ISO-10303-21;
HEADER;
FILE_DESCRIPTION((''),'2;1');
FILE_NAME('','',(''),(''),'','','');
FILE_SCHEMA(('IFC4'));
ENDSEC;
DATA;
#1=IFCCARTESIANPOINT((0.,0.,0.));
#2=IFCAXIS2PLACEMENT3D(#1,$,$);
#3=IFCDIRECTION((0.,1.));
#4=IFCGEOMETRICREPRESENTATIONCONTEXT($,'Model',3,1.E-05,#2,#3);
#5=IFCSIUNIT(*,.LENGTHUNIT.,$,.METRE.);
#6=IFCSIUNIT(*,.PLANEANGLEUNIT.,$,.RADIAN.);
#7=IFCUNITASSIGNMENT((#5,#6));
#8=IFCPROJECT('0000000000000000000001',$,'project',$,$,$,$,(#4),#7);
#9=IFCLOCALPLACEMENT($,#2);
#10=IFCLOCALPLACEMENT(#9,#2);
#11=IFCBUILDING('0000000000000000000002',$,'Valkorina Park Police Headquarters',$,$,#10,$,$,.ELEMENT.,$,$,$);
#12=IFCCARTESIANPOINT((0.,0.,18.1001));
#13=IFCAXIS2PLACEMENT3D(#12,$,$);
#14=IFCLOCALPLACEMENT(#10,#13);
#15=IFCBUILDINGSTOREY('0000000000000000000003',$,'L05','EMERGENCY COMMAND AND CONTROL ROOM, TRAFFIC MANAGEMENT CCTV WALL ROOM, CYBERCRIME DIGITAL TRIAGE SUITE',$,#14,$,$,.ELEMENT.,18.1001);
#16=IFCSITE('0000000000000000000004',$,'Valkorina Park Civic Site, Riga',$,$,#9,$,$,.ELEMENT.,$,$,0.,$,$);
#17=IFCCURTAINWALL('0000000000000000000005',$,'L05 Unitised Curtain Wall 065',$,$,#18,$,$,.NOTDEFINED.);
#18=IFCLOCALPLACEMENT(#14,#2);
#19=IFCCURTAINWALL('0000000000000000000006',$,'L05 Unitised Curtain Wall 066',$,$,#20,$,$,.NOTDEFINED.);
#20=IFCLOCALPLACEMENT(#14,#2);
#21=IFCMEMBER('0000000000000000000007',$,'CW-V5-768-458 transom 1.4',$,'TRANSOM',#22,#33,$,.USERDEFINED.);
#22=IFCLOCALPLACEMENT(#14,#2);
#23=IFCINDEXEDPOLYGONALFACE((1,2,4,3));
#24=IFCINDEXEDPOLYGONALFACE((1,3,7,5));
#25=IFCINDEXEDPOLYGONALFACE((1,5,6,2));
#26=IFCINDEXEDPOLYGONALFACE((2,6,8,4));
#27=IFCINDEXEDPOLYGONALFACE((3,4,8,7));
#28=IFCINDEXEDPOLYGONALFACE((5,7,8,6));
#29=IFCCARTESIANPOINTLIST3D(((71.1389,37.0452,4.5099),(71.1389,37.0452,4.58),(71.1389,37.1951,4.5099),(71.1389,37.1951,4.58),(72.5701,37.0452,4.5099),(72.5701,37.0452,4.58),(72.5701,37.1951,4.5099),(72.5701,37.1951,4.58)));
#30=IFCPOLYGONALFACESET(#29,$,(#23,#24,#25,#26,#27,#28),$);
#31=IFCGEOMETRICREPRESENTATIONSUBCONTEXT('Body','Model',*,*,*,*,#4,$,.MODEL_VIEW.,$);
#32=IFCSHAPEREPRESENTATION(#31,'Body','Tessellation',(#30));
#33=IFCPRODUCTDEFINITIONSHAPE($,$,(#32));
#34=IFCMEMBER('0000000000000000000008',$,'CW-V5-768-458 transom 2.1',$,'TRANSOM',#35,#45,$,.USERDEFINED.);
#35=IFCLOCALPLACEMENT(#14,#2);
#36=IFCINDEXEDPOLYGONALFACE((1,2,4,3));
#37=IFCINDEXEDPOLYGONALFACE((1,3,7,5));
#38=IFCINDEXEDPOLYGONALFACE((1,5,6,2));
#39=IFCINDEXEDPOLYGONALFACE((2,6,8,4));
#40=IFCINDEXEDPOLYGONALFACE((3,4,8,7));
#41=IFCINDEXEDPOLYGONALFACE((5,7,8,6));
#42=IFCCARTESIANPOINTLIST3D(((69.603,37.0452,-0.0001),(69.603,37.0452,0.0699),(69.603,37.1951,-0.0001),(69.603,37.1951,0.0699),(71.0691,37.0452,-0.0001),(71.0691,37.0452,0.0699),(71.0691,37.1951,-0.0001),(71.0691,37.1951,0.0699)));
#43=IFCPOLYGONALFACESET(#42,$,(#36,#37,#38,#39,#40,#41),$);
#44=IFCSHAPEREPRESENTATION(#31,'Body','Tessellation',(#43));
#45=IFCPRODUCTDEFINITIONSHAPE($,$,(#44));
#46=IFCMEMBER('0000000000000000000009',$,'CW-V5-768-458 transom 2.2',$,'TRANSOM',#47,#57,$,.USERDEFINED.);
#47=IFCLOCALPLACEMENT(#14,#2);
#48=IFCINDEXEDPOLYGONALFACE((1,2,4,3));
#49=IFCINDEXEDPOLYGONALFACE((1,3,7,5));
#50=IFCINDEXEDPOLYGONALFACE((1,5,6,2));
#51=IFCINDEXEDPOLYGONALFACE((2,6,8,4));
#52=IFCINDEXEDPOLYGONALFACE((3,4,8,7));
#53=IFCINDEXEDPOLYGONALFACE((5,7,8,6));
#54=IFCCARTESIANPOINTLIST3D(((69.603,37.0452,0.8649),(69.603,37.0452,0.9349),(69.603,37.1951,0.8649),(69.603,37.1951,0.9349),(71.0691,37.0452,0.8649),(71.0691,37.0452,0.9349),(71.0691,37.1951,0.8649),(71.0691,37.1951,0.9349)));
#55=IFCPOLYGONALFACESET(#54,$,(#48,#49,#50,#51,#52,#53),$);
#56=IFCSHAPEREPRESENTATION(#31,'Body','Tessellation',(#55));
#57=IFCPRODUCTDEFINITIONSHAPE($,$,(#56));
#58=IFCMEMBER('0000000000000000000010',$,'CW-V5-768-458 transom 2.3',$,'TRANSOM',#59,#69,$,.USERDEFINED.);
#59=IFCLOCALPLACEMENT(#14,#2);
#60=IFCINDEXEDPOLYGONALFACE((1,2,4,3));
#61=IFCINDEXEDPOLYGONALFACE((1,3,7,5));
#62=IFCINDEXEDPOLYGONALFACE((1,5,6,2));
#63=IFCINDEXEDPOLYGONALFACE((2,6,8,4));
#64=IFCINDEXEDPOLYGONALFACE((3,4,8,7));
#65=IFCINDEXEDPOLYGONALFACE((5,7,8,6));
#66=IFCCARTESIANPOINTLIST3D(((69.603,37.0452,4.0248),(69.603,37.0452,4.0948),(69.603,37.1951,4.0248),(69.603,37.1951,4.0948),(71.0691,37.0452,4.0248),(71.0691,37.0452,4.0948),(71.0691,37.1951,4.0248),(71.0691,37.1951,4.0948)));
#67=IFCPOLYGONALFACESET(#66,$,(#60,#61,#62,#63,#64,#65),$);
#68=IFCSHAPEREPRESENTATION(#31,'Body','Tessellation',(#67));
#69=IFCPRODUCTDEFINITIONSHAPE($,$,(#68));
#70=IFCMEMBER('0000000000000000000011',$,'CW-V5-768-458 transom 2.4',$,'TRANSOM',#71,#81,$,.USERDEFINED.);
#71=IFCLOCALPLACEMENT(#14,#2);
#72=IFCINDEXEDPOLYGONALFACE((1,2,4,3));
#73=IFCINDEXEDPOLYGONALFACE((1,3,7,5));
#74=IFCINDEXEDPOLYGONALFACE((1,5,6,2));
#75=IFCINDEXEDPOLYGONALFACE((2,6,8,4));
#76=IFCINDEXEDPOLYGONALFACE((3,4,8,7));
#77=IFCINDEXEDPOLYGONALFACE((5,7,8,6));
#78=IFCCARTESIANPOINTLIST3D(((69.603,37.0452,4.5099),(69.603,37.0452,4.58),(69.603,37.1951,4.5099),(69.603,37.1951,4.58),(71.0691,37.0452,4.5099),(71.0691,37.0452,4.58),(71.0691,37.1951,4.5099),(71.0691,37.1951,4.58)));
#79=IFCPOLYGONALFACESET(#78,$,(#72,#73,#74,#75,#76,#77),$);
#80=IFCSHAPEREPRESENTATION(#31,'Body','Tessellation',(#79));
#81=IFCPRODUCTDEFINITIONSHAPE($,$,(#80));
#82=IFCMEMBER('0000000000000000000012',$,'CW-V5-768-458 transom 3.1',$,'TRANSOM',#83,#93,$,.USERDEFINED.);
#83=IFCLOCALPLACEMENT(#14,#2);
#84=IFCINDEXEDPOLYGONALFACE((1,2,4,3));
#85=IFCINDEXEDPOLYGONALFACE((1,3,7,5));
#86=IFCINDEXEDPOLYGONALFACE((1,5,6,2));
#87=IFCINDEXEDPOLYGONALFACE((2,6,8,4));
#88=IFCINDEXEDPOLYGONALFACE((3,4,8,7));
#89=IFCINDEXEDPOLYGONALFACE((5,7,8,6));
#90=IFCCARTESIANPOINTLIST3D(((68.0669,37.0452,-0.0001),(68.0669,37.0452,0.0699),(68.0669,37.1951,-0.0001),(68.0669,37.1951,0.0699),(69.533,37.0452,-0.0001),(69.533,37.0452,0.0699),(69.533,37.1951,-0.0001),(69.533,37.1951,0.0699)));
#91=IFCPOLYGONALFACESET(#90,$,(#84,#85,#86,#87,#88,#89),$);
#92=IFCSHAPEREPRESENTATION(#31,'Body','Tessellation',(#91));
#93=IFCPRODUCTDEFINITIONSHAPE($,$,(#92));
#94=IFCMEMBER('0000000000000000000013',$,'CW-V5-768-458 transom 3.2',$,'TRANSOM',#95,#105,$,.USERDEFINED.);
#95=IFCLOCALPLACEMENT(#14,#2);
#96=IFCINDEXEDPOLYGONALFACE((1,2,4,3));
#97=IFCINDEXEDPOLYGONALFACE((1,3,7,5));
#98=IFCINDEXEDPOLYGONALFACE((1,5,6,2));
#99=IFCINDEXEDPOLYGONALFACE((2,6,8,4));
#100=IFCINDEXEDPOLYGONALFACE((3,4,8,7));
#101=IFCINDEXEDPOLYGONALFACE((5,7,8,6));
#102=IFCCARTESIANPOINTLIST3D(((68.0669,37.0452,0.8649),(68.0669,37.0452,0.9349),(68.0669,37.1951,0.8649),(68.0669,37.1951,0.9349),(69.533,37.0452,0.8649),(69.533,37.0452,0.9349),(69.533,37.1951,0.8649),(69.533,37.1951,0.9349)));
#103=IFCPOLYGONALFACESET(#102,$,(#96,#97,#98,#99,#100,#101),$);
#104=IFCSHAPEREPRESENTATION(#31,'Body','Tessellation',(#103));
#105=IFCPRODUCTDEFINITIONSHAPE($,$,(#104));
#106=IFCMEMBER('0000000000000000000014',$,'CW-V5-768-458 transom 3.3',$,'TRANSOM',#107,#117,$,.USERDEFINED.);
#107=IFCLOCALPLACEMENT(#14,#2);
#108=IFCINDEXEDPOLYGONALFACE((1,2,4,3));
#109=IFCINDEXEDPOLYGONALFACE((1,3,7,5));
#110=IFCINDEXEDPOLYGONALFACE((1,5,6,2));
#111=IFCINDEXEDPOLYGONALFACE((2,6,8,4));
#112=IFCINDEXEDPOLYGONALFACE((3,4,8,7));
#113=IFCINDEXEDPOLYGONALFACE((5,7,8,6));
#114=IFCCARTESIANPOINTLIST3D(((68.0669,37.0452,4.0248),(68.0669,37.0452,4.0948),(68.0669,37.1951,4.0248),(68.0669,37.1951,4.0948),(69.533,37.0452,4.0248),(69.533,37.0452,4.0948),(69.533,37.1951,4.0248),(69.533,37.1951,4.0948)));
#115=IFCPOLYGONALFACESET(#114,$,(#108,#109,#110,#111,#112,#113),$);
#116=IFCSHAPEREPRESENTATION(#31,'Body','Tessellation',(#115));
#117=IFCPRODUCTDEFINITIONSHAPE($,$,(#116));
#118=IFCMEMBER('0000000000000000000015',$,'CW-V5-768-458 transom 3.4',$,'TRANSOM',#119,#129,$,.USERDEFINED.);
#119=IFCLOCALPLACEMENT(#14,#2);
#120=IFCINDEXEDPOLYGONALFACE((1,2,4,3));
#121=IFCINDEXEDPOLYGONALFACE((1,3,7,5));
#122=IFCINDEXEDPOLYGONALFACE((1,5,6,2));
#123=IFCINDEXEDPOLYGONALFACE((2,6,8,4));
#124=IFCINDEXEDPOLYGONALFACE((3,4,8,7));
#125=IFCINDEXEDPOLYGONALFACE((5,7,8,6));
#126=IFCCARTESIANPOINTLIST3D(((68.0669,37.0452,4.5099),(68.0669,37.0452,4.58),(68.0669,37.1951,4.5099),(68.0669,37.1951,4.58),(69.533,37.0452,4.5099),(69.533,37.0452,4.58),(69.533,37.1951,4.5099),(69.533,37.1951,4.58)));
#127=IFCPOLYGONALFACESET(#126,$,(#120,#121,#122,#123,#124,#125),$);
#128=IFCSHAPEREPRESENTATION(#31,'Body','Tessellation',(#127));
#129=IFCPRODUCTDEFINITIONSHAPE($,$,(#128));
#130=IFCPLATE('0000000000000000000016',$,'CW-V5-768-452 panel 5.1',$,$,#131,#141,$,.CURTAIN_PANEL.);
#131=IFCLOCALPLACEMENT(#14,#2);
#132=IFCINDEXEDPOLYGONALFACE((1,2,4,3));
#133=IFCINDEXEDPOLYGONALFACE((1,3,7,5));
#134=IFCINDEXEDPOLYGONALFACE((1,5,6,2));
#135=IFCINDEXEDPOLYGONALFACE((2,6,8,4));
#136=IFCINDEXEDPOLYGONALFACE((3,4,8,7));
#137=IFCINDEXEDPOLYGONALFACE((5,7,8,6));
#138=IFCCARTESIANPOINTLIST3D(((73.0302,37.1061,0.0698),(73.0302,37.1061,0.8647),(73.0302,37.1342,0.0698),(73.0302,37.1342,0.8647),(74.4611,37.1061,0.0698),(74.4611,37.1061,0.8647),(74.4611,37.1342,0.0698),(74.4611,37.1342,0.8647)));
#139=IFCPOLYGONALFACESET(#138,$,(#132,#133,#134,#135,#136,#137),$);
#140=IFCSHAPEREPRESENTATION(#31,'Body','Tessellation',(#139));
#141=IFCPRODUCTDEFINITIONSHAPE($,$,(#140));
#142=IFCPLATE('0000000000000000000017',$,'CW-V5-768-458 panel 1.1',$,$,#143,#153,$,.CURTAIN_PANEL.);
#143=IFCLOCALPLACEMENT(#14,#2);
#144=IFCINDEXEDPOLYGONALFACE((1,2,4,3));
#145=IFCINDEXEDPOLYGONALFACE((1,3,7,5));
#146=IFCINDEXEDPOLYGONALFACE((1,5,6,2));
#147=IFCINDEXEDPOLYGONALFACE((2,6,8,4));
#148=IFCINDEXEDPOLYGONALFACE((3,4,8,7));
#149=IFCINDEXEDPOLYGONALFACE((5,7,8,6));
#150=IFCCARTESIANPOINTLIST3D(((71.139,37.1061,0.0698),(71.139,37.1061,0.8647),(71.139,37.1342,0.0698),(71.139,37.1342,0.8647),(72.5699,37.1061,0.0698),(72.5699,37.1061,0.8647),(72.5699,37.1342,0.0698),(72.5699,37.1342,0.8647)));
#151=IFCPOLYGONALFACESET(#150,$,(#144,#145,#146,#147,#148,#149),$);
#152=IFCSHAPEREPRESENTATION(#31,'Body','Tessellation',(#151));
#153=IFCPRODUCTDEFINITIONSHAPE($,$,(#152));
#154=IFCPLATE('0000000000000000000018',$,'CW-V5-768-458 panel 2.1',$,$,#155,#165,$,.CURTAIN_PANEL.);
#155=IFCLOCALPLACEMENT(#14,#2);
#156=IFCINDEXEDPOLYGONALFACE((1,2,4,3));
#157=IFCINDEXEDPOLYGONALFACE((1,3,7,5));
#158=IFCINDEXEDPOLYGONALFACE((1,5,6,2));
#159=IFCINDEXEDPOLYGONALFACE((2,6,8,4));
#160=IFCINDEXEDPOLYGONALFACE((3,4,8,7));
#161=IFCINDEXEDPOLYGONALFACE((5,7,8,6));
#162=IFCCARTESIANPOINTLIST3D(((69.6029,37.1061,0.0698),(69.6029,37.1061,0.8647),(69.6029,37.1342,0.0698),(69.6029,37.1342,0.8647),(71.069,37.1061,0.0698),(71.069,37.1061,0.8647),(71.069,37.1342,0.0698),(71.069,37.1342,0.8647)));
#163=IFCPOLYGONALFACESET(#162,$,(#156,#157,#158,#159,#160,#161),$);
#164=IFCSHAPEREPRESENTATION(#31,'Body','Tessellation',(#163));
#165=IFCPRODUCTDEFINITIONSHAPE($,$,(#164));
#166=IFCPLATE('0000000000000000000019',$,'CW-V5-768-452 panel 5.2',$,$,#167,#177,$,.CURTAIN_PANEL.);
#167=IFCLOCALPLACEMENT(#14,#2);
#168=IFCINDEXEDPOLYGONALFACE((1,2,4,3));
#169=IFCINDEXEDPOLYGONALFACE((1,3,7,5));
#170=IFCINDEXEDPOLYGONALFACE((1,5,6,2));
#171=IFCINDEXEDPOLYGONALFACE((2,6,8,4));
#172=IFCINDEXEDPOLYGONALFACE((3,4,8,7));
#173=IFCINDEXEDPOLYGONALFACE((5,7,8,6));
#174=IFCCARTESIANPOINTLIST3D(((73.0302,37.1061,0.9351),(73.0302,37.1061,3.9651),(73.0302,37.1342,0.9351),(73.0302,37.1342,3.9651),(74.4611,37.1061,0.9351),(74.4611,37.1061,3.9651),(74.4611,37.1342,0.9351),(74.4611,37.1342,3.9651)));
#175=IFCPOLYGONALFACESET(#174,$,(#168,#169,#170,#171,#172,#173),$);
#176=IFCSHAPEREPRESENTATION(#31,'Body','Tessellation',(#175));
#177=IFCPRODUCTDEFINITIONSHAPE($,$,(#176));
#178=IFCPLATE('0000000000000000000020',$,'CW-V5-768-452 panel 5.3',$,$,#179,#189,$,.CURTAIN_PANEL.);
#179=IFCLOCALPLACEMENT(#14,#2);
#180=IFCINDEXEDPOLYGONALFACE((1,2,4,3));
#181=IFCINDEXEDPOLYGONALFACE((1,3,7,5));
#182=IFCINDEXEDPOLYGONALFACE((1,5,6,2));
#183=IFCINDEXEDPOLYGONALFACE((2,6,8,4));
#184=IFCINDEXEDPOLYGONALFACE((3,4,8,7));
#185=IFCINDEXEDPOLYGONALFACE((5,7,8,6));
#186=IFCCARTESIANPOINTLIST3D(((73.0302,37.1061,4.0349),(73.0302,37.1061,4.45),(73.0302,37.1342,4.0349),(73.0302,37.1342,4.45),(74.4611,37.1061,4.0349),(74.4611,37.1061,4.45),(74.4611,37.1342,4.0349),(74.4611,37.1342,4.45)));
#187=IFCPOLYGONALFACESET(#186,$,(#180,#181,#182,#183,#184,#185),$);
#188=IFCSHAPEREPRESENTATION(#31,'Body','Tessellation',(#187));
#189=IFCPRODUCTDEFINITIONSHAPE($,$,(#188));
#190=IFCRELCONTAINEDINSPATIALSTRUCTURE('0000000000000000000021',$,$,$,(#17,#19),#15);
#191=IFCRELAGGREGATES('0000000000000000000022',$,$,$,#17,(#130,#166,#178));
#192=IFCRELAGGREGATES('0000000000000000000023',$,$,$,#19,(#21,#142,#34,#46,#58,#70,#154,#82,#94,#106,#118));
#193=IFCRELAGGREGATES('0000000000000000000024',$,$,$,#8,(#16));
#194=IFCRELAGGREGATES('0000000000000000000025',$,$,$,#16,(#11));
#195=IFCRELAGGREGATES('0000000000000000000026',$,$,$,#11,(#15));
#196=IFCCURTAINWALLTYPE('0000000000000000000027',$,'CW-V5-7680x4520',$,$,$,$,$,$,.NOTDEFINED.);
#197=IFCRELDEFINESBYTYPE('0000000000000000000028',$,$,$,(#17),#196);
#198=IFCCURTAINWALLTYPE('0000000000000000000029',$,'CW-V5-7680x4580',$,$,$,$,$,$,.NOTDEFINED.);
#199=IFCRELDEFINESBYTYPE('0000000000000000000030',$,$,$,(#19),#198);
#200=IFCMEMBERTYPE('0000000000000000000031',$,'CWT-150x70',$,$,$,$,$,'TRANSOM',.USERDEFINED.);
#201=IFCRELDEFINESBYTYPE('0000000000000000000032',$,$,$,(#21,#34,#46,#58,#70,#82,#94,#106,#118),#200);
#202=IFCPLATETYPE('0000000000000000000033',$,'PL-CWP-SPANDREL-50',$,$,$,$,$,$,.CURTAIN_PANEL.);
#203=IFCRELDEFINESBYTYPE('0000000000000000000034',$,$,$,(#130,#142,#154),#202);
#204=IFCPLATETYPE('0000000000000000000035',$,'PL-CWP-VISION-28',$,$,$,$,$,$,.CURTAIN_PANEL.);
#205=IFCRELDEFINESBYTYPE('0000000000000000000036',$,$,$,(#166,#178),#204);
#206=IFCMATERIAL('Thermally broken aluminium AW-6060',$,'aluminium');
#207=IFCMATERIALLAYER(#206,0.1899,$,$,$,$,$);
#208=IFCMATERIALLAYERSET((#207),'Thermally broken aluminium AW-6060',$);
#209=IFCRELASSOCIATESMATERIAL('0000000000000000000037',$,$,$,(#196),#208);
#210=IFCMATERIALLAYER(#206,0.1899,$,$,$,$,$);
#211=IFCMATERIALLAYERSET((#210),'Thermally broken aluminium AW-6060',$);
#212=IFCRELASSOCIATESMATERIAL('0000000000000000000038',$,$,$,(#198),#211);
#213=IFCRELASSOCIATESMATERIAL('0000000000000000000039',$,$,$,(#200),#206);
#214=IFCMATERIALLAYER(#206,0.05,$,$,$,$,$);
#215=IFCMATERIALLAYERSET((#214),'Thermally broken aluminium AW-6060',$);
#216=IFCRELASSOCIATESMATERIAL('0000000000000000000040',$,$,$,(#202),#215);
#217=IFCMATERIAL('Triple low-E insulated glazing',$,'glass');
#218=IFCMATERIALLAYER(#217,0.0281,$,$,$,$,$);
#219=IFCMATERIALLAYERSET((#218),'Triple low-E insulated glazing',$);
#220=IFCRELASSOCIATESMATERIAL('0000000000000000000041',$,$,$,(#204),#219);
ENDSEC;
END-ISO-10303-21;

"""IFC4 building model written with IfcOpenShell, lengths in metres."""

from ifc_helpers import new_model, si_unit, direction, frame, origin, origin_2d, place, context, subcontext, project, spatial, rectangle, extrude, material, layer, layer_set, material_profile, profile_set, type_object, element, aggregate, save


model = new_model("IFC4")

# Units and contexts
model_context = context("Model", 3, precision=1e-05, world=origin(), true_north=direction((0.0, 1.0)))
body_context = subcontext(model_context, "Body", "Model", "MODEL_VIEW")
ifc_project = project(units=[si_unit("LENGTHUNIT", "METRE"), si_unit("PLANEANGLEUNIT", "RADIAN")], contexts=[model_context])

# Site, building, storey
site_placement = place(None, origin())
site = spatial("IfcSite", under=ifc_project, at=site_placement, Name="Valkorina Park Civic Site, Riga", CompositionType="ELEMENT", RefElevation=0.0)
building_placement = place(site_placement, origin())
building = spatial("IfcBuilding", under=site, at=building_placement, Name="Valkorina Park Police Headquarters", CompositionType="ELEMENT")
storey_placement = place(building_placement, frame((0.0, 0.0, 18.1001)))
storey = spatial("IfcBuildingStorey", under=building, at=storey_placement, Name="L05", Description="EMERGENCY COMMAND AND CONTROL ROOM, TRAFFIC MANAGEMENT CCTV WALL ROOM, CYBERCRIME DIGITAL TRIAGE SUITE", CompositionType="ELEMENT", Elevation=18.1001)

# Curtain wall
ifc_material_1 = material(Name="Thermally broken aluminium AW-6060", Category="aluminium")
ifc_layer_1 = layer(ifc_material_1, 0.1899)
ifc_layer_set_1 = layer_set([ifc_layer_1], Name="Thermally broken aluminium AW-6060")
curtain_wall_type_1 = type_object("IfcCurtainWallType", Name="CW-V5-7680x4520", PredefinedType="NOTDEFINED", material=ifc_layer_set_1)
curtain_wall_1_placement = place(storey_placement, origin())
curtain_wall_1 = element("IfcCurtainWall", 1, at=curtain_wall_1_placement, inside=storey, type_object=curtain_wall_type_1, Name="L05 Unitised Curtain Wall 065", PredefinedType="NOTDEFINED")

# Curtain wall
ifc_layer_2 = layer(ifc_material_1, 0.1899)
ifc_layer_set_2 = layer_set([ifc_layer_2], Name="Thermally broken aluminium AW-6060")
curtain_wall_type_2 = type_object("IfcCurtainWallType", Name="CW-V5-7680x4580", PredefinedType="NOTDEFINED", material=ifc_layer_set_2)
curtain_wall_2_placement = place(storey_placement, origin())
curtain_wall_2 = element("IfcCurtainWall", 2, at=curtain_wall_2_placement, inside=storey, type_object=curtain_wall_type_2, Name="L05 Unitised Curtain Wall 066", PredefinedType="NOTDEFINED")

# Members
ifc_material_profile_1 = material_profile(ifc_material_1, rectangle(XDim=0.1499, YDim=0.0701, at=origin_2d()), Name="CWT-02 150x70")
ifc_profile_set_1 = profile_set([ifc_material_profile_1], Name="Thermally broken aluminium AW-6060")
member_type_1 = type_object("IfcMemberType", Name="CWT-150x70", ElementType="TRANSOM", PredefinedType="USERDEFINED", material=ifc_profile_set_1)
member_1_placement = place(storey_placement, frame((72.5701, 37.1201, 4.5449), z_axis=(-1.0, 0.0, 0.0), x_axis=(0.0, -1.0, 0.0)))
member_1 = element("IfcMember", 3, at=member_1_placement, type_object=member_type_1, Name="CW-V5-768-458 transom 1.4", ObjectType="TRANSOM", PredefinedType="USERDEFINED", context=body_context, shape_type="SweptSolid", body=[
    extrude(rectangle(XDim=0.1499, YDim=0.0701, at=origin_2d()), origin(), (0.0, 0.0, 1.0), 1.4312),
])
member_2_placement = place(storey_placement, frame((71.0691, 37.1201, 0.0349), z_axis=(-1.0, 0.0, 0.0), x_axis=(0.0, -1.0, 0.0)))
member_2 = element("IfcMember", 4, at=member_2_placement, type_object=member_type_1, Name="CW-V5-768-458 transom 2.1", ObjectType="TRANSOM", PredefinedType="USERDEFINED", context=body_context, shape_type="SweptSolid", body=[
    extrude(rectangle(XDim=0.1499, YDim=0.0701, at=origin_2d()), origin(), (0.0, 0.0, 1.0), 1.4661),
])
member_3_placement = place(storey_placement, frame((71.0691, 37.1201, 0.8999), z_axis=(-1.0, 0.0, 0.0), x_axis=(0.0, -1.0, 0.0)))
member_3 = element("IfcMember", 5, at=member_3_placement, type_object=member_type_1, Name="CW-V5-768-458 transom 2.2", ObjectType="TRANSOM", PredefinedType="USERDEFINED", context=body_context, shape_type="SweptSolid", body=[
    extrude(rectangle(XDim=0.1499, YDim=0.0701, at=origin_2d()), origin(), (0.0, 0.0, 1.0), 1.4661),
])
member_4_placement = place(storey_placement, frame((71.0691, 37.1201, 4.0598), z_axis=(-1.0, 0.0, 0.0), x_axis=(0.0, -1.0, 0.0)))
member_4 = element("IfcMember", 6, at=member_4_placement, type_object=member_type_1, Name="CW-V5-768-458 transom 2.3", ObjectType="TRANSOM", PredefinedType="USERDEFINED", context=body_context, shape_type="SweptSolid", body=[
    extrude(rectangle(XDim=0.1499, YDim=0.0701, at=origin_2d()), origin(), (0.0, 0.0, 1.0), 1.4661),
])
member_5_placement = place(storey_placement, frame((71.0691, 37.1201, 4.5449), z_axis=(-1.0, 0.0, 0.0), x_axis=(0.0, -1.0, 0.0)))
member_5 = element("IfcMember", 7, at=member_5_placement, type_object=member_type_1, Name="CW-V5-768-458 transom 2.4", ObjectType="TRANSOM", PredefinedType="USERDEFINED", context=body_context, shape_type="SweptSolid", body=[
    extrude(rectangle(XDim=0.1499, YDim=0.0701, at=origin_2d()), origin(), (0.0, 0.0, 1.0), 1.4661),
])
member_6_placement = place(storey_placement, frame((69.533, 37.1201, 0.0349), z_axis=(-1.0, 0.0, 0.0), x_axis=(0.0, -1.0, 0.0)))
member_6 = element("IfcMember", 8, at=member_6_placement, type_object=member_type_1, Name="CW-V5-768-458 transom 3.1", ObjectType="TRANSOM", PredefinedType="USERDEFINED", context=body_context, shape_type="SweptSolid", body=[
    extrude(rectangle(XDim=0.1499, YDim=0.0701, at=origin_2d()), origin(), (0.0, 0.0, 1.0), 1.4661),
])
member_7_placement = place(storey_placement, frame((69.533, 37.1201, 0.8999), z_axis=(-1.0, 0.0, 0.0), x_axis=(0.0, -1.0, 0.0)))
member_7 = element("IfcMember", 9, at=member_7_placement, type_object=member_type_1, Name="CW-V5-768-458 transom 3.2", ObjectType="TRANSOM", PredefinedType="USERDEFINED", context=body_context, shape_type="SweptSolid", body=[
    extrude(rectangle(XDim=0.1499, YDim=0.0701, at=origin_2d()), origin(), (0.0, 0.0, 1.0), 1.4661),
])
member_8_placement = place(storey_placement, frame((69.533, 37.1201, 4.0598), z_axis=(-1.0, 0.0, 0.0), x_axis=(0.0, -1.0, 0.0)))
member_8 = element("IfcMember", 10, at=member_8_placement, type_object=member_type_1, Name="CW-V5-768-458 transom 3.3", ObjectType="TRANSOM", PredefinedType="USERDEFINED", context=body_context, shape_type="SweptSolid", body=[
    extrude(rectangle(XDim=0.1499, YDim=0.0701, at=origin_2d()), origin(), (0.0, 0.0, 1.0), 1.4661),
])
member_9_placement = place(storey_placement, frame((69.533, 37.1201, 4.5449), z_axis=(-1.0, 0.0, 0.0), x_axis=(0.0, -1.0, 0.0)))
member_9 = element("IfcMember", 11, at=member_9_placement, type_object=member_type_1, Name="CW-V5-768-458 transom 3.4", ObjectType="TRANSOM", PredefinedType="USERDEFINED", context=body_context, shape_type="SweptSolid", body=[
    extrude(rectangle(XDim=0.1499, YDim=0.0701, at=origin_2d()), origin(), (0.0, 0.0, 1.0), 1.4661),
])

# Plates
ifc_layer_3 = layer(ifc_material_1, 0.05)
ifc_layer_set_3 = layer_set([ifc_layer_3], Name="Thermally broken aluminium AW-6060")
plate_type_1 = type_object("IfcPlateType", Name="PL-CWP-SPANDREL-50", PredefinedType="CURTAIN_PANEL", material=ifc_layer_set_3)
plate_1_placement = place(storey_placement, frame((73.7456, 37.1201, 0.0698), z_axis=(0.0, 0.0, 1.0), x_axis=(-1.0, 0.0, 0.0)))
plate_1 = element("IfcPlate", 12, at=plate_1_placement, type_object=plate_type_1, Name="CW-V5-768-452 panel 5.1", PredefinedType="CURTAIN_PANEL", context=body_context, shape_type="SweptSolid", body=[
    extrude(rectangle(XDim=1.4309, YDim=0.0281, at=origin_2d()), origin(), (0.0, 0.0, 1.0), 0.7949),
])
plate_2_placement = place(storey_placement, frame((71.8545, 37.1201, 0.0698), z_axis=(0.0, 0.0, 1.0), x_axis=(-1.0, 0.0, 0.0)))
plate_2 = element("IfcPlate", 13, at=plate_2_placement, type_object=plate_type_1, Name="CW-V5-768-458 panel 1.1", PredefinedType="CURTAIN_PANEL", context=body_context, shape_type="SweptSolid", body=[
    extrude(rectangle(XDim=1.4309, YDim=0.0281, at=origin_2d()), origin(), (0.0, 0.0, 1.0), 0.7949),
])
plate_3_placement = place(storey_placement, frame((70.3359, 37.1201, 0.0698), z_axis=(0.0, 0.0, 1.0), x_axis=(-1.0, 0.0, 0.0)))
plate_3 = element("IfcPlate", 14, at=plate_3_placement, type_object=plate_type_1, Name="CW-V5-768-458 panel 2.1", PredefinedType="CURTAIN_PANEL", context=body_context, shape_type="SweptSolid", body=[
    extrude(rectangle(XDim=1.4661, YDim=0.0281, at=origin_2d()), origin(), (0.0, 0.0, 1.0), 0.7949),
])
ifc_material_2 = material(Name="Triple low-E insulated glazing", Category="glass")
ifc_layer_4 = layer(ifc_material_2, 0.0281)
ifc_layer_set_4 = layer_set([ifc_layer_4], Name="Triple low-E insulated glazing")
plate_type_2 = type_object("IfcPlateType", Name="PL-CWP-VISION-28", PredefinedType="CURTAIN_PANEL", material=ifc_layer_set_4)
plate_4_placement = place(storey_placement, frame((73.7456, 37.1201, 0.9351), z_axis=(0.0, 0.0, 1.0), x_axis=(-1.0, 0.0, 0.0)))
plate_4 = element("IfcPlate", 15, at=plate_4_placement, type_object=plate_type_2, Name="CW-V5-768-452 panel 5.2", PredefinedType="CURTAIN_PANEL", context=body_context, shape_type="SweptSolid", body=[
    extrude(rectangle(XDim=1.4309, YDim=0.0281, at=origin_2d()), origin(), (0.0, 0.0, 1.0), 3.03),
])
plate_5_placement = place(storey_placement, frame((73.7456, 37.1201, 4.0349), z_axis=(0.0, 0.0, 1.0), x_axis=(-1.0, 0.0, 0.0)))
plate_5 = element("IfcPlate", 16, at=plate_5_placement, type_object=plate_type_2, Name="CW-V5-768-452 panel 5.3", PredefinedType="CURTAIN_PANEL", context=body_context, shape_type="SweptSolid", body=[
    extrude(rectangle(XDim=1.4309, YDim=0.0281, at=origin_2d()), origin(), (0.0, 0.0, 1.0), 0.415),
])
aggregate(curtain_wall_1, [plate_1, plate_4, plate_5])
aggregate(curtain_wall_2, [member_1, plate_2, member_2, member_3, member_4, member_5, plate_3, member_6, member_7, member_8, member_9])

save(model, "model.ifc")
